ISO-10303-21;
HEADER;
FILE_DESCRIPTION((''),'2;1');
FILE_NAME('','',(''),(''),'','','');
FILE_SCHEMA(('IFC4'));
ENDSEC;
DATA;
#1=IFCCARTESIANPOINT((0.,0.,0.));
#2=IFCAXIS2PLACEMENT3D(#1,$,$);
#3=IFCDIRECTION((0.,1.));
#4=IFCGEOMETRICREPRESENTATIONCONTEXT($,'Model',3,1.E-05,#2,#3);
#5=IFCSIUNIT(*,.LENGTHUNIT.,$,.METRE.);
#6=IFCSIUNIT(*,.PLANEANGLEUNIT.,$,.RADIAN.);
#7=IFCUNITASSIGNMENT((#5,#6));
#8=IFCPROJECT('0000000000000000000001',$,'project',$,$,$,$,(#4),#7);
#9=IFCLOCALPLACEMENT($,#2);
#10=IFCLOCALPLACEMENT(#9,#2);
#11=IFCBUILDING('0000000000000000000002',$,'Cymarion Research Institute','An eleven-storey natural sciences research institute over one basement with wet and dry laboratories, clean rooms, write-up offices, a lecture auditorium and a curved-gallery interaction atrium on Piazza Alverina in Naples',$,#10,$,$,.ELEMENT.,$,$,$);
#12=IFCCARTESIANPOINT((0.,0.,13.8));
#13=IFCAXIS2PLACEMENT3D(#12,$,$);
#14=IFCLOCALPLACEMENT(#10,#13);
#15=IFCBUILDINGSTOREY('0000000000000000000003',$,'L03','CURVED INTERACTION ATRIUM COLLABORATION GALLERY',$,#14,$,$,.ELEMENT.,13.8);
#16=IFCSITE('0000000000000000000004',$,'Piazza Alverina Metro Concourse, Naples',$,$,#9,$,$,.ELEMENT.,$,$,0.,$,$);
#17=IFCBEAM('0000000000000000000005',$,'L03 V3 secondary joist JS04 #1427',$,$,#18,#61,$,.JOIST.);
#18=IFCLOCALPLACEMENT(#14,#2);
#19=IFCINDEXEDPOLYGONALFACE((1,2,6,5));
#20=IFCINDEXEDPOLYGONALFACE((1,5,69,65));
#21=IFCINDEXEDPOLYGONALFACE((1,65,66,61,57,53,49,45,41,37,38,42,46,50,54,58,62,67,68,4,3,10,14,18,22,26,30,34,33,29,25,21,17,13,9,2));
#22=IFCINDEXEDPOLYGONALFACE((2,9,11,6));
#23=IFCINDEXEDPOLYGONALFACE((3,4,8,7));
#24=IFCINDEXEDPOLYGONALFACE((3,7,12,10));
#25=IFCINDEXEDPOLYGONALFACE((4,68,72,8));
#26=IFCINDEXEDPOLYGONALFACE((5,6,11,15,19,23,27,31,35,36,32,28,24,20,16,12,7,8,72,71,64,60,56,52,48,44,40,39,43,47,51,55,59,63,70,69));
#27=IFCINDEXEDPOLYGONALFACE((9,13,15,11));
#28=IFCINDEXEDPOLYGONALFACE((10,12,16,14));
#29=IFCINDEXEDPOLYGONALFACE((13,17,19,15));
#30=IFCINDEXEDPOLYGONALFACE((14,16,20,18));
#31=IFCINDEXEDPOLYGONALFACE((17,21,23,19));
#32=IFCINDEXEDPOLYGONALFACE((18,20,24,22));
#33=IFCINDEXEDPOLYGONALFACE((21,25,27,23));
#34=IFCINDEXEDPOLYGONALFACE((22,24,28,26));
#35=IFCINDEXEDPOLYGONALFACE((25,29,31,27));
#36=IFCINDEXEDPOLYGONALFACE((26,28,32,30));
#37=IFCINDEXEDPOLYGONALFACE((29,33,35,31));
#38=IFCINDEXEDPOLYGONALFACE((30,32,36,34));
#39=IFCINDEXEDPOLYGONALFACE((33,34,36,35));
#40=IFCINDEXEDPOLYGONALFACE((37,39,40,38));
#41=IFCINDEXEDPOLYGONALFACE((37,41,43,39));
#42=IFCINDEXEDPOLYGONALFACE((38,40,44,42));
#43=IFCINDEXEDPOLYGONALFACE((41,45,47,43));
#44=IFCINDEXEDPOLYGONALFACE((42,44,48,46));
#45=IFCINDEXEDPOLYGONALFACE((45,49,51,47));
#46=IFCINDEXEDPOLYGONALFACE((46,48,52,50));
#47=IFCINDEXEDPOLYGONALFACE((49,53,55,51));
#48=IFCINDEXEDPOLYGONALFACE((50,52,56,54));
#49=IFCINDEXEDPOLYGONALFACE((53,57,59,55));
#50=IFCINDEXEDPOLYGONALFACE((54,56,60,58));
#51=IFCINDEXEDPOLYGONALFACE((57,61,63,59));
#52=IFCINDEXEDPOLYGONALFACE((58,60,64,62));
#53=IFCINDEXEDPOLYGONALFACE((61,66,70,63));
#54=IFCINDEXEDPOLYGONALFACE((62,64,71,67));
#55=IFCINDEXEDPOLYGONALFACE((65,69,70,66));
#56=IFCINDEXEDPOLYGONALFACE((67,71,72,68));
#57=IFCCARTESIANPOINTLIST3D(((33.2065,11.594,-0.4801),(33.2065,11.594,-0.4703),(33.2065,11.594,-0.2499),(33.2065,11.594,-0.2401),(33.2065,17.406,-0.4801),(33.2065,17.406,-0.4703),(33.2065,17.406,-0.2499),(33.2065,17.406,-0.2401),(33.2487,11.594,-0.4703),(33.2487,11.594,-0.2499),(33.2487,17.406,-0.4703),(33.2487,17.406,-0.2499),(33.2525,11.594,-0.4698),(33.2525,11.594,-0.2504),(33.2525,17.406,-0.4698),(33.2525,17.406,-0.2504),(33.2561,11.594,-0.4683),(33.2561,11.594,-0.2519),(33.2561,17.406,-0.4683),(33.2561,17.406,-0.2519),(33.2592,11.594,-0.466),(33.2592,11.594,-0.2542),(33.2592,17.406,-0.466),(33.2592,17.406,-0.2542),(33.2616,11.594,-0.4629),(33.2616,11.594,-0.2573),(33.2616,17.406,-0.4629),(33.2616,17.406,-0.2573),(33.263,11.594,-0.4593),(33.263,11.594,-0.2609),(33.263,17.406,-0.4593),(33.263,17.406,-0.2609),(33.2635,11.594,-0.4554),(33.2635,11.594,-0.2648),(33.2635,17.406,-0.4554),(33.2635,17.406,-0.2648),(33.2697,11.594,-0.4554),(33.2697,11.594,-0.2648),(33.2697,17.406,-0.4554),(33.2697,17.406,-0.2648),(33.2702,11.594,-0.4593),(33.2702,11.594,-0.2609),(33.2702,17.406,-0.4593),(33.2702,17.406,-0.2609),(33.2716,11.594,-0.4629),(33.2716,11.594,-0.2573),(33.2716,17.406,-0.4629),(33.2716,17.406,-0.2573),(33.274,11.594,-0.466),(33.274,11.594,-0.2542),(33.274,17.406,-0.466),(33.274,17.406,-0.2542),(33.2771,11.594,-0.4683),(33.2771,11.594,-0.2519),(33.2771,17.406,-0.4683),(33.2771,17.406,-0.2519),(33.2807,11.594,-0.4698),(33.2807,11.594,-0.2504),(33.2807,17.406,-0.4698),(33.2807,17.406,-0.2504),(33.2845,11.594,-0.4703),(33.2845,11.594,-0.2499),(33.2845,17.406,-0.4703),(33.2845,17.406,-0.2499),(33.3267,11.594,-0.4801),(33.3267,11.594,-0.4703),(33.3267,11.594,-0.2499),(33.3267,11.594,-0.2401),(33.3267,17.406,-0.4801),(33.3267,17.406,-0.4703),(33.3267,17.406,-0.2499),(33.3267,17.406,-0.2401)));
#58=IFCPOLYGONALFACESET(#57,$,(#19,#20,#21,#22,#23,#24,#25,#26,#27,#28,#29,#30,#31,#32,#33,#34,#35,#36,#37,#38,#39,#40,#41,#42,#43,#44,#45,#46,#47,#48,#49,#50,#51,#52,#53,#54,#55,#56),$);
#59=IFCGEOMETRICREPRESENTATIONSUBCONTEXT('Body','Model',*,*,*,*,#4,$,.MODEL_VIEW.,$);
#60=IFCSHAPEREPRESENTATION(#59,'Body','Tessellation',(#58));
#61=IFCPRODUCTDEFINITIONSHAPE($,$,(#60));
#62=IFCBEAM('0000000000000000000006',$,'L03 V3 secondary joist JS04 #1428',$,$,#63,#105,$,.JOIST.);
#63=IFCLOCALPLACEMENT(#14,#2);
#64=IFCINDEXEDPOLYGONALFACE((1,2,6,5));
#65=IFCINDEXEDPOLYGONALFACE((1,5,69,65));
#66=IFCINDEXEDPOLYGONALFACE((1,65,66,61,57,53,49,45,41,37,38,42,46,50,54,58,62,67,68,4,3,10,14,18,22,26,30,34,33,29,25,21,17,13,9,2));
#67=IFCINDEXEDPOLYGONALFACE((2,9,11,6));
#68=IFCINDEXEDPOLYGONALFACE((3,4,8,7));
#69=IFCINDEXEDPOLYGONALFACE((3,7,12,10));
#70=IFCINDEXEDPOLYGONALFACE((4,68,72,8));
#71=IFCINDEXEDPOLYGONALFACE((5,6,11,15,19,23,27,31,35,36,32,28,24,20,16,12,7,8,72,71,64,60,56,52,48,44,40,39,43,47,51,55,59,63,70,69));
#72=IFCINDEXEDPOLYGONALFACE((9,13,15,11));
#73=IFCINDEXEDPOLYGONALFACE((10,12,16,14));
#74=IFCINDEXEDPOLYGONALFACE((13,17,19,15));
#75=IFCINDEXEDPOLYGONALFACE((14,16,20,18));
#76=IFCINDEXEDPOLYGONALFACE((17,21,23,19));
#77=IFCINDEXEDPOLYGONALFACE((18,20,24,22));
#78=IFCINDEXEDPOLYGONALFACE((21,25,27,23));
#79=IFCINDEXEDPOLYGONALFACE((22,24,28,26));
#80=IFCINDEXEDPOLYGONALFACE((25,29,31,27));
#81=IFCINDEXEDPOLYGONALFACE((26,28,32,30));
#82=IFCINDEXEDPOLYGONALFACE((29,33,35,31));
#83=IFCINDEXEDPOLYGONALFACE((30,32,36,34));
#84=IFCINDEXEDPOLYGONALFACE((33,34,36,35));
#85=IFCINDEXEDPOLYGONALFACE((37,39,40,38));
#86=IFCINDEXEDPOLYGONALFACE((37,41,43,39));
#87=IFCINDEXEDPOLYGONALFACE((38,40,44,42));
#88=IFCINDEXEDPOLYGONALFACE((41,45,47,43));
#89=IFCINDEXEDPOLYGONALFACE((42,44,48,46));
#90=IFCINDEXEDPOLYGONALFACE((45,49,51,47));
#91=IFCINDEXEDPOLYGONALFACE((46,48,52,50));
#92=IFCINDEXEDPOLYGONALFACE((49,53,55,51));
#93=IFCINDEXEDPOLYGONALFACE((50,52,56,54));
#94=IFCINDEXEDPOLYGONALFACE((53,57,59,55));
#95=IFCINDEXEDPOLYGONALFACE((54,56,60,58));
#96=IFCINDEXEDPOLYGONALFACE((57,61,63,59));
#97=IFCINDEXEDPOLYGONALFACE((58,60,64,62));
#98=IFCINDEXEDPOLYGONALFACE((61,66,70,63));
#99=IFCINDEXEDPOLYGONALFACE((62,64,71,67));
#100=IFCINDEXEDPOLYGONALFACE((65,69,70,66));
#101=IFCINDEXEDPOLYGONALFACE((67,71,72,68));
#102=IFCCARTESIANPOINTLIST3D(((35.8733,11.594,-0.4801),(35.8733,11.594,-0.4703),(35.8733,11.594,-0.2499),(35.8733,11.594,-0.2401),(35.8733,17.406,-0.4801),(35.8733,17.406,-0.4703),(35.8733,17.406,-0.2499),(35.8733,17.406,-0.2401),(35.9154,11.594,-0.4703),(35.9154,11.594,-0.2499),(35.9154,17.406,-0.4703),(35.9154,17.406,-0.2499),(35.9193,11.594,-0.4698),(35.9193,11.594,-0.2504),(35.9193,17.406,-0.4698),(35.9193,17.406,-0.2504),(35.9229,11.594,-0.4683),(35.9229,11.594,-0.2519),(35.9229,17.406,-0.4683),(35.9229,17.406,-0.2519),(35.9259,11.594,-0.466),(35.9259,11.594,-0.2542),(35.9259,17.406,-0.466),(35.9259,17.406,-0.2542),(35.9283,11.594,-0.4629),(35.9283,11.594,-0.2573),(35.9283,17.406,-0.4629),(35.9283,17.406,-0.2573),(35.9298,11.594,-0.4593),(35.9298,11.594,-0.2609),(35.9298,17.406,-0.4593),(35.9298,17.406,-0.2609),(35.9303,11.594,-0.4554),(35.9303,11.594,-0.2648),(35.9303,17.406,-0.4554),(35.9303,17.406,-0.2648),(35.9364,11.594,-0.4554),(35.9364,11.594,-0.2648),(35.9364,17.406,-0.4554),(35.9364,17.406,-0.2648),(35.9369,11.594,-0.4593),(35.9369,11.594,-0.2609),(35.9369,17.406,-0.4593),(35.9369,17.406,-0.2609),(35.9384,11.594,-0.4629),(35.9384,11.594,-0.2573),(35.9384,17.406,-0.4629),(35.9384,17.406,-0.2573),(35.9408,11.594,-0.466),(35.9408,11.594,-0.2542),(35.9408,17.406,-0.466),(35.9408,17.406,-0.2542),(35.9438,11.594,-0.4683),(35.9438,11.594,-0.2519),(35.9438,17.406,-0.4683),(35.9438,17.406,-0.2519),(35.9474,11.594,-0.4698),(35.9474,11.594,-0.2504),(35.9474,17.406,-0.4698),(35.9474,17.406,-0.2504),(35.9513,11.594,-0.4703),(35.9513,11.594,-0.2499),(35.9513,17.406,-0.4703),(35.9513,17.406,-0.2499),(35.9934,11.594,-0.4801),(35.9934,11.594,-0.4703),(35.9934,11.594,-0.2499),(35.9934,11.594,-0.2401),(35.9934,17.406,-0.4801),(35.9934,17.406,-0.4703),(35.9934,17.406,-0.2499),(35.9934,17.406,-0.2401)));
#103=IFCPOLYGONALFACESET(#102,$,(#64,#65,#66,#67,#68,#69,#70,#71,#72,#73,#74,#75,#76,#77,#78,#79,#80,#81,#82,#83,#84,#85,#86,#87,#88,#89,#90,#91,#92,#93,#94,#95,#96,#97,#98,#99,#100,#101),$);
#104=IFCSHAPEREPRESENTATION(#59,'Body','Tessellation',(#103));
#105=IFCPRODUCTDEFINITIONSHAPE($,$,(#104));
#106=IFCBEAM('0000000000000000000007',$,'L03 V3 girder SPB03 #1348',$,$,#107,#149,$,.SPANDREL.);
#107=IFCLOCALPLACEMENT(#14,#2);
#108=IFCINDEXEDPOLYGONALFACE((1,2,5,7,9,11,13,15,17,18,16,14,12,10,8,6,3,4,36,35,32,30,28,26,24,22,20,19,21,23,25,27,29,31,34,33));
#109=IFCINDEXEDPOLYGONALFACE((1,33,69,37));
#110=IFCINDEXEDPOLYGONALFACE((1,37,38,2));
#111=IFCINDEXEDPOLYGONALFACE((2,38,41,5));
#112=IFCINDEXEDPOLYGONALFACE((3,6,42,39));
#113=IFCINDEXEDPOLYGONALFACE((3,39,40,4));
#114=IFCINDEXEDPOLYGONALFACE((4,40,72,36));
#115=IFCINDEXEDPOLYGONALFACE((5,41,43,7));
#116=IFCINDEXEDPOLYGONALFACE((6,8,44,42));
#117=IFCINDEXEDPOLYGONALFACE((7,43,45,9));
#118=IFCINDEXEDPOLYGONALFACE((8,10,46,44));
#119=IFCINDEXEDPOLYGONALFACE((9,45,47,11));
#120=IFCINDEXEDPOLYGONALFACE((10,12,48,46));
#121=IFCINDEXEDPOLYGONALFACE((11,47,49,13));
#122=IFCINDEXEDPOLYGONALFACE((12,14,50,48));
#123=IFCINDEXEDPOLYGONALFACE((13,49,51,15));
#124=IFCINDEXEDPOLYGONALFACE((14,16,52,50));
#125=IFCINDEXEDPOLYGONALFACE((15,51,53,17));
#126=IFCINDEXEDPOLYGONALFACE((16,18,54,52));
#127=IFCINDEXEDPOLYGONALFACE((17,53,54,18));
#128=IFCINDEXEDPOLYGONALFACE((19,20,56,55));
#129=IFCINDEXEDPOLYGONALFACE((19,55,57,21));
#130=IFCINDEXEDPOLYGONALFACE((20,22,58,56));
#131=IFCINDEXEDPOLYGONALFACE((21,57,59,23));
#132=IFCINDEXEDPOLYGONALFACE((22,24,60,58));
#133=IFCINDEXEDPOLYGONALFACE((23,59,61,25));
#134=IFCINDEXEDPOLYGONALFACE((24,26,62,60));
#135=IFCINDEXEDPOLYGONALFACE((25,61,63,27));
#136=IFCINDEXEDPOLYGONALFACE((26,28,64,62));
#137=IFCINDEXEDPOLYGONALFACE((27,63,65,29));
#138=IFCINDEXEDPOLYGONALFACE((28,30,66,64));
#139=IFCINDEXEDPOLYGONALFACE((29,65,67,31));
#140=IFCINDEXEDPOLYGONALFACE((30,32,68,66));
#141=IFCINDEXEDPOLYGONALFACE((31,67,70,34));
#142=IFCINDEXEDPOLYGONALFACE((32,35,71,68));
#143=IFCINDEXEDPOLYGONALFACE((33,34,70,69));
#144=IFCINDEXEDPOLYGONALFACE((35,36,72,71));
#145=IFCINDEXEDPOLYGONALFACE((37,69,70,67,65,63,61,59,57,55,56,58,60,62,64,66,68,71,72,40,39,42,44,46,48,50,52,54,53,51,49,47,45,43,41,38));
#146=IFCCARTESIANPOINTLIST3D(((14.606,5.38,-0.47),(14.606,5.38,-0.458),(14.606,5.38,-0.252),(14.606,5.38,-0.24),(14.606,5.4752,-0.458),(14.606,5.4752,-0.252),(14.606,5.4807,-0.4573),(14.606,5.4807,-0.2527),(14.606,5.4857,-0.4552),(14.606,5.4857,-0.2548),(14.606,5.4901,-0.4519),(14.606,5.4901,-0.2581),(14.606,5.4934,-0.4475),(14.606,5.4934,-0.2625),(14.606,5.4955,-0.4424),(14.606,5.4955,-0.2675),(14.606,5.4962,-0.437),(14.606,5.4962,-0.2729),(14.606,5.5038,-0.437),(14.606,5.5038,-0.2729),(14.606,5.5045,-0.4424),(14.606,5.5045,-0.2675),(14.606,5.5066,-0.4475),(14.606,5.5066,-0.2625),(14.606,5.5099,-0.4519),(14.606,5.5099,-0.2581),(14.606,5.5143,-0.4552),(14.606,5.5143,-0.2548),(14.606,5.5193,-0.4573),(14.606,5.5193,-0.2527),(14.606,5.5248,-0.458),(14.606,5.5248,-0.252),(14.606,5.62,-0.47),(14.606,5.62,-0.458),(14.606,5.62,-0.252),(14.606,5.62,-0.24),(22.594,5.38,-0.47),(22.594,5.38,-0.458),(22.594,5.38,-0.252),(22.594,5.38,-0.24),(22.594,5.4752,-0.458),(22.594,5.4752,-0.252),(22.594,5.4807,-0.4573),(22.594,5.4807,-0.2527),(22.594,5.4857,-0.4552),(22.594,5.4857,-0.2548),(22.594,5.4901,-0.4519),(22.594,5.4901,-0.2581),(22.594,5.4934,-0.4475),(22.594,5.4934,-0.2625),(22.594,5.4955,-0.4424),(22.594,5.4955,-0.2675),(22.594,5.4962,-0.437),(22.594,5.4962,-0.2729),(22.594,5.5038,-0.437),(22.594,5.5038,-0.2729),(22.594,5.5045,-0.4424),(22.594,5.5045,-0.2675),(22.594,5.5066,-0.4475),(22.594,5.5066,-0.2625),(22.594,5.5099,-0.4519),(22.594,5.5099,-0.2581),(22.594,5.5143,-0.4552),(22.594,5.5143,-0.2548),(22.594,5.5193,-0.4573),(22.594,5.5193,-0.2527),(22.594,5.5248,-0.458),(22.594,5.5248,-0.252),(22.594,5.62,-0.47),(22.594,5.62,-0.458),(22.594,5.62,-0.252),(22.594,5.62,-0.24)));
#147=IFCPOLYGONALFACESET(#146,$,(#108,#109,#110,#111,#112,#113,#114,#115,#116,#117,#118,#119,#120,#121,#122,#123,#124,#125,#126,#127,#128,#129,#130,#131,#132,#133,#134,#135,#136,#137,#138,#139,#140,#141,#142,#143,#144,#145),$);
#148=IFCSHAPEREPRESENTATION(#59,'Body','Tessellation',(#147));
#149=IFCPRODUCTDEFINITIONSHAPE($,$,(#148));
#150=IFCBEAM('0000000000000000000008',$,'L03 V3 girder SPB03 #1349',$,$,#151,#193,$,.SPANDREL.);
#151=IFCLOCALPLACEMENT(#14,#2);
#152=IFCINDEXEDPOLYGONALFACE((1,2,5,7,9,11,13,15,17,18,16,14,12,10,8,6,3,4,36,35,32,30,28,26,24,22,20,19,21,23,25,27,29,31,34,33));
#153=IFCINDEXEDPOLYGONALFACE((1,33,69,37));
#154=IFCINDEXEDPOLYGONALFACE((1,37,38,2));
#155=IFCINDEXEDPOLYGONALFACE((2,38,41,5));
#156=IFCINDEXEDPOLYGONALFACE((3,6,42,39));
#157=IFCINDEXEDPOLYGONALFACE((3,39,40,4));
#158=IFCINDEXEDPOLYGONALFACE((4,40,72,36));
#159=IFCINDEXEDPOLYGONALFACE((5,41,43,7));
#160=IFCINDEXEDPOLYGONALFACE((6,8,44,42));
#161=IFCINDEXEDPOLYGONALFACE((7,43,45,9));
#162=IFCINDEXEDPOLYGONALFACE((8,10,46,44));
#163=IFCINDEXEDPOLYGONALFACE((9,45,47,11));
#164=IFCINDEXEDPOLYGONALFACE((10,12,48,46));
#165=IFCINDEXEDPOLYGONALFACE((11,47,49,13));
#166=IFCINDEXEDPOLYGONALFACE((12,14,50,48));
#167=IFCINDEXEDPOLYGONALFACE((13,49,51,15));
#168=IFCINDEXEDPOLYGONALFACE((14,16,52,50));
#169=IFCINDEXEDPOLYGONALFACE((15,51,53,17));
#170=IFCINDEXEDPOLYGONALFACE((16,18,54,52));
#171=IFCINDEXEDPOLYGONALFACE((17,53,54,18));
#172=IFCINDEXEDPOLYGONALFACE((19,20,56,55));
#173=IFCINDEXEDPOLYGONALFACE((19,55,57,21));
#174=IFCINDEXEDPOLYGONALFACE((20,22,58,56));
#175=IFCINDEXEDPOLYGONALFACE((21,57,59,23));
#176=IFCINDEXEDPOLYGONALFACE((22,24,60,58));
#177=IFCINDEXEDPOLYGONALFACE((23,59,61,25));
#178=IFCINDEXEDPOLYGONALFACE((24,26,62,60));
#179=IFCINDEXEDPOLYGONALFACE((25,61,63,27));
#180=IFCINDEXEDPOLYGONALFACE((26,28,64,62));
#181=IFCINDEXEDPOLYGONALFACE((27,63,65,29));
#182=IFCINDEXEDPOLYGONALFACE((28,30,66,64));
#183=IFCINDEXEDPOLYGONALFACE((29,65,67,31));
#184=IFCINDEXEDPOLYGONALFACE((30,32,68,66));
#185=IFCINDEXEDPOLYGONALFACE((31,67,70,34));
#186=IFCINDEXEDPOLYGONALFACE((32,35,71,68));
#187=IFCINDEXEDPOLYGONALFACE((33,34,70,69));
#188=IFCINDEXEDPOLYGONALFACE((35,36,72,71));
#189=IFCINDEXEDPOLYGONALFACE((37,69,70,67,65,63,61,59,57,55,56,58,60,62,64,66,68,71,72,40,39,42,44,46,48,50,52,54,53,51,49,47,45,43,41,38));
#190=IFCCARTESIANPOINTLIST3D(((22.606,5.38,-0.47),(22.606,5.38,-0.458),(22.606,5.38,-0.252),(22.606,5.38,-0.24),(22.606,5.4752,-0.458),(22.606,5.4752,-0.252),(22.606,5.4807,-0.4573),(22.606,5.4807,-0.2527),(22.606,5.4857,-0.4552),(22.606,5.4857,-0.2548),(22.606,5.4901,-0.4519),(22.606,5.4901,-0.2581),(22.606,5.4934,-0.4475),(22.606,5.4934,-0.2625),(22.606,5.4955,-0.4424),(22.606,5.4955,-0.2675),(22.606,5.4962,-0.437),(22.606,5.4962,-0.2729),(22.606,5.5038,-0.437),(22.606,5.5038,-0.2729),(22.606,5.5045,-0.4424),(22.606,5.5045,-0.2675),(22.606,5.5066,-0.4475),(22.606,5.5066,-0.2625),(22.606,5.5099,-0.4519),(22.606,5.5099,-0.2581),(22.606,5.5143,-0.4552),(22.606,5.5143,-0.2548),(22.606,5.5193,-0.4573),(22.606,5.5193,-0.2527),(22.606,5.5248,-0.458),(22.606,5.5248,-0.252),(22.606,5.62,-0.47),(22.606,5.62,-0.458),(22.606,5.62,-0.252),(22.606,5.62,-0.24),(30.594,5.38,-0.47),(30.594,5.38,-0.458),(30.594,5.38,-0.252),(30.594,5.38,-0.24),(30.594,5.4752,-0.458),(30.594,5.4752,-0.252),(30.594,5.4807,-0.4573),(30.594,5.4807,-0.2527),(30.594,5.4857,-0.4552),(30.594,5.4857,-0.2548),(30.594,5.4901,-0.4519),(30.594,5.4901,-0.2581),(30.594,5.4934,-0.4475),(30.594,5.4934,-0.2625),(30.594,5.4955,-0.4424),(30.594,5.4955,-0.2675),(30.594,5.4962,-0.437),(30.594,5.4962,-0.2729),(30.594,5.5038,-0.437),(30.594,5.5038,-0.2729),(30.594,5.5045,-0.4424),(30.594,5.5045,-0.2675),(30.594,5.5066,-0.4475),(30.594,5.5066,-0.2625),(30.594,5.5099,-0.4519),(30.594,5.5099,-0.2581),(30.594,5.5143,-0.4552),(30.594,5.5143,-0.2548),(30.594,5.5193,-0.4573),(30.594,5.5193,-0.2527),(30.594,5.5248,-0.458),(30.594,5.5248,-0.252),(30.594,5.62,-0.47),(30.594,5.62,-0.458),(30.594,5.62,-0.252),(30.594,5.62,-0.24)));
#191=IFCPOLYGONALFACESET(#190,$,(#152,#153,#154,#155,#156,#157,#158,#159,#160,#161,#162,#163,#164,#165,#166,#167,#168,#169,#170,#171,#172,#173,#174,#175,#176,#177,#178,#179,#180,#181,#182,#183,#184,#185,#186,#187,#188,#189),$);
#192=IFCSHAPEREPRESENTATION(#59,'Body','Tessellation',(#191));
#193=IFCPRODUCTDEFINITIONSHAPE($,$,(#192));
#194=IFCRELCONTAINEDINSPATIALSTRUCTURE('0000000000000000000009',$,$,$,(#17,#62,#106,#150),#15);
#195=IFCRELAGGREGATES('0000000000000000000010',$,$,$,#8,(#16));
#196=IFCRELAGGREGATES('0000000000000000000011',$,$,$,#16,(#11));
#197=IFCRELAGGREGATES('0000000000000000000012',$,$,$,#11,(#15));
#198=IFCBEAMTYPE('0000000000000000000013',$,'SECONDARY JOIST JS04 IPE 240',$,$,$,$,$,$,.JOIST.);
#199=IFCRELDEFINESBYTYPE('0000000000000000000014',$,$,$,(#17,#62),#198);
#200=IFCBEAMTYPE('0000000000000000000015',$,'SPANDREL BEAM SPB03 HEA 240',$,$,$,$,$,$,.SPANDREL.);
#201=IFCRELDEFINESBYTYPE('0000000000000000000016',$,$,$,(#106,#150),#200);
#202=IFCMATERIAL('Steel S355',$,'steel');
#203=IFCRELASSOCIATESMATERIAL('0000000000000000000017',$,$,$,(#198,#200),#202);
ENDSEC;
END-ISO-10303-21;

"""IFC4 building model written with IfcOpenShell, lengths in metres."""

from ifc_helpers import new_model, si_unit, direction, frame, origin, origin_2d, place, context, subcontext, project, spatial, i_section, extrude, material, material_profile, profile_set, type_object, element, save


model = new_model("IFC4")

# Units and contexts
model_context = context("Model", 3, precision=1e-05, world=origin(), true_north=direction((0.0, 1.0)))
body_context = subcontext(model_context, "Body", "Model", "MODEL_VIEW")
ifc_project = project(units=[si_unit("LENGTHUNIT", "METRE"), si_unit("PLANEANGLEUNIT", "RADIAN")], contexts=[model_context])

# Site, building, storey
site_placement = place(None, origin())
site = spatial("IfcSite", under=ifc_project, at=site_placement, Name="Piazza Alverina Metro Concourse, Naples", CompositionType="ELEMENT", RefElevation=0.0)
building_placement = place(site_placement, origin())
building = spatial("IfcBuilding", under=site, at=building_placement, Name="Cymarion Research Institute", Description="An eleven-storey natural sciences research institute over one basement with wet and dry laboratories, clean rooms, write-up offices, a lecture auditorium and a curved-gallery interaction atrium on Piazza Alverina in Naples", CompositionType="ELEMENT")
storey_placement = place(building_placement, frame((0.0, 0.0, 13.8)))
storey = spatial("IfcBuildingStorey", under=building, at=storey_placement, Name="L03", Description="CURVED INTERACTION ATRIUM COLLABORATION GALLERY", CompositionType="ELEMENT", Elevation=13.8)

# Beams
ifc_material = material(Name="Steel S355", Category="steel")
ifc_material_profile_1 = material_profile(ifc_material, i_section(OverallWidth=0.1201, OverallDepth=0.24, WebThickness=0.0061, FlangeThickness=0.0098, FilletRadius=0.0149, at=origin_2d()), Name="IPE 240")
ifc_profile_set_1 = profile_set([ifc_material_profile_1], Name="Steel S355")
beam_type_1 = type_object("IfcBeamType", Name="SECONDARY JOIST JS04 IPE 240", PredefinedType="JOIST", material=ifc_profile_set_1)
for number, where, z_axis, x_axis, name in (
    (1, (33.2666, 11.594, -0.3601), (0.0, 1.0, 0.0), (-1.0, 0.0, 0.0), "L03 V3 secondary joist JS04 #1427"),
    (2, (35.9333, 11.594, -0.3601), (0.0, 1.0, 0.0), (-1.0, 0.0, 0.0), "L03 V3 secondary joist JS04 #1428"),
):
    element("IfcBeam", number, at=place(storey_placement, frame(where, z_axis=z_axis, x_axis=x_axis)), inside=storey, type_object=beam_type_1, Name=name, PredefinedType="JOIST", context=body_context, shape_type="SweptSolid", body=[
        extrude(i_section(OverallWidth=0.1201, OverallDepth=0.24, WebThickness=0.0061, FlangeThickness=0.0098, FilletRadius=0.0149, at=origin_2d()), origin(), (0.0, 0.0, 1.0), 5.812),
    ])
ifc_material_profile_2 = material_profile(ifc_material, i_section(OverallWidth=0.24, OverallDepth=0.23, WebThickness=0.0076, FlangeThickness=0.012, FilletRadius=0.021, at=origin_2d()), Name="HEA 240")
ifc_profile_set_2 = profile_set([ifc_material_profile_2], Name="Steel S355")
beam_type_2 = type_object("IfcBeamType", Name="SPANDREL BEAM SPB03 HEA 240", PredefinedType="SPANDREL", material=ifc_profile_set_2)
for number, where, z_axis, x_axis, name in (
    (3, (14.606, 5.5, -0.355), (1.0, 0.0, 0.0), (0.0, 1.0, 0.0), "L03 V3 girder SPB03 #1348"),
    (4, (22.606, 5.5, -0.355), (1.0, 0.0, 0.0), (0.0, 1.0, 0.0), "L03 V3 girder SPB03 #1349"),
):
    element("IfcBeam", number, at=place(storey_placement, frame(where, z_axis=z_axis, x_axis=x_axis)), inside=storey, type_object=beam_type_2, Name=name, PredefinedType="SPANDREL", context=body_context, shape_type="SweptSolid", body=[
        extrude(i_section(OverallWidth=0.24, OverallDepth=0.23, WebThickness=0.0076, FlangeThickness=0.012, FilletRadius=0.021, at=origin_2d()), origin(), (0.0, 0.0, 1.0), 7.988),
    ])

save(model, "model.ifc")
